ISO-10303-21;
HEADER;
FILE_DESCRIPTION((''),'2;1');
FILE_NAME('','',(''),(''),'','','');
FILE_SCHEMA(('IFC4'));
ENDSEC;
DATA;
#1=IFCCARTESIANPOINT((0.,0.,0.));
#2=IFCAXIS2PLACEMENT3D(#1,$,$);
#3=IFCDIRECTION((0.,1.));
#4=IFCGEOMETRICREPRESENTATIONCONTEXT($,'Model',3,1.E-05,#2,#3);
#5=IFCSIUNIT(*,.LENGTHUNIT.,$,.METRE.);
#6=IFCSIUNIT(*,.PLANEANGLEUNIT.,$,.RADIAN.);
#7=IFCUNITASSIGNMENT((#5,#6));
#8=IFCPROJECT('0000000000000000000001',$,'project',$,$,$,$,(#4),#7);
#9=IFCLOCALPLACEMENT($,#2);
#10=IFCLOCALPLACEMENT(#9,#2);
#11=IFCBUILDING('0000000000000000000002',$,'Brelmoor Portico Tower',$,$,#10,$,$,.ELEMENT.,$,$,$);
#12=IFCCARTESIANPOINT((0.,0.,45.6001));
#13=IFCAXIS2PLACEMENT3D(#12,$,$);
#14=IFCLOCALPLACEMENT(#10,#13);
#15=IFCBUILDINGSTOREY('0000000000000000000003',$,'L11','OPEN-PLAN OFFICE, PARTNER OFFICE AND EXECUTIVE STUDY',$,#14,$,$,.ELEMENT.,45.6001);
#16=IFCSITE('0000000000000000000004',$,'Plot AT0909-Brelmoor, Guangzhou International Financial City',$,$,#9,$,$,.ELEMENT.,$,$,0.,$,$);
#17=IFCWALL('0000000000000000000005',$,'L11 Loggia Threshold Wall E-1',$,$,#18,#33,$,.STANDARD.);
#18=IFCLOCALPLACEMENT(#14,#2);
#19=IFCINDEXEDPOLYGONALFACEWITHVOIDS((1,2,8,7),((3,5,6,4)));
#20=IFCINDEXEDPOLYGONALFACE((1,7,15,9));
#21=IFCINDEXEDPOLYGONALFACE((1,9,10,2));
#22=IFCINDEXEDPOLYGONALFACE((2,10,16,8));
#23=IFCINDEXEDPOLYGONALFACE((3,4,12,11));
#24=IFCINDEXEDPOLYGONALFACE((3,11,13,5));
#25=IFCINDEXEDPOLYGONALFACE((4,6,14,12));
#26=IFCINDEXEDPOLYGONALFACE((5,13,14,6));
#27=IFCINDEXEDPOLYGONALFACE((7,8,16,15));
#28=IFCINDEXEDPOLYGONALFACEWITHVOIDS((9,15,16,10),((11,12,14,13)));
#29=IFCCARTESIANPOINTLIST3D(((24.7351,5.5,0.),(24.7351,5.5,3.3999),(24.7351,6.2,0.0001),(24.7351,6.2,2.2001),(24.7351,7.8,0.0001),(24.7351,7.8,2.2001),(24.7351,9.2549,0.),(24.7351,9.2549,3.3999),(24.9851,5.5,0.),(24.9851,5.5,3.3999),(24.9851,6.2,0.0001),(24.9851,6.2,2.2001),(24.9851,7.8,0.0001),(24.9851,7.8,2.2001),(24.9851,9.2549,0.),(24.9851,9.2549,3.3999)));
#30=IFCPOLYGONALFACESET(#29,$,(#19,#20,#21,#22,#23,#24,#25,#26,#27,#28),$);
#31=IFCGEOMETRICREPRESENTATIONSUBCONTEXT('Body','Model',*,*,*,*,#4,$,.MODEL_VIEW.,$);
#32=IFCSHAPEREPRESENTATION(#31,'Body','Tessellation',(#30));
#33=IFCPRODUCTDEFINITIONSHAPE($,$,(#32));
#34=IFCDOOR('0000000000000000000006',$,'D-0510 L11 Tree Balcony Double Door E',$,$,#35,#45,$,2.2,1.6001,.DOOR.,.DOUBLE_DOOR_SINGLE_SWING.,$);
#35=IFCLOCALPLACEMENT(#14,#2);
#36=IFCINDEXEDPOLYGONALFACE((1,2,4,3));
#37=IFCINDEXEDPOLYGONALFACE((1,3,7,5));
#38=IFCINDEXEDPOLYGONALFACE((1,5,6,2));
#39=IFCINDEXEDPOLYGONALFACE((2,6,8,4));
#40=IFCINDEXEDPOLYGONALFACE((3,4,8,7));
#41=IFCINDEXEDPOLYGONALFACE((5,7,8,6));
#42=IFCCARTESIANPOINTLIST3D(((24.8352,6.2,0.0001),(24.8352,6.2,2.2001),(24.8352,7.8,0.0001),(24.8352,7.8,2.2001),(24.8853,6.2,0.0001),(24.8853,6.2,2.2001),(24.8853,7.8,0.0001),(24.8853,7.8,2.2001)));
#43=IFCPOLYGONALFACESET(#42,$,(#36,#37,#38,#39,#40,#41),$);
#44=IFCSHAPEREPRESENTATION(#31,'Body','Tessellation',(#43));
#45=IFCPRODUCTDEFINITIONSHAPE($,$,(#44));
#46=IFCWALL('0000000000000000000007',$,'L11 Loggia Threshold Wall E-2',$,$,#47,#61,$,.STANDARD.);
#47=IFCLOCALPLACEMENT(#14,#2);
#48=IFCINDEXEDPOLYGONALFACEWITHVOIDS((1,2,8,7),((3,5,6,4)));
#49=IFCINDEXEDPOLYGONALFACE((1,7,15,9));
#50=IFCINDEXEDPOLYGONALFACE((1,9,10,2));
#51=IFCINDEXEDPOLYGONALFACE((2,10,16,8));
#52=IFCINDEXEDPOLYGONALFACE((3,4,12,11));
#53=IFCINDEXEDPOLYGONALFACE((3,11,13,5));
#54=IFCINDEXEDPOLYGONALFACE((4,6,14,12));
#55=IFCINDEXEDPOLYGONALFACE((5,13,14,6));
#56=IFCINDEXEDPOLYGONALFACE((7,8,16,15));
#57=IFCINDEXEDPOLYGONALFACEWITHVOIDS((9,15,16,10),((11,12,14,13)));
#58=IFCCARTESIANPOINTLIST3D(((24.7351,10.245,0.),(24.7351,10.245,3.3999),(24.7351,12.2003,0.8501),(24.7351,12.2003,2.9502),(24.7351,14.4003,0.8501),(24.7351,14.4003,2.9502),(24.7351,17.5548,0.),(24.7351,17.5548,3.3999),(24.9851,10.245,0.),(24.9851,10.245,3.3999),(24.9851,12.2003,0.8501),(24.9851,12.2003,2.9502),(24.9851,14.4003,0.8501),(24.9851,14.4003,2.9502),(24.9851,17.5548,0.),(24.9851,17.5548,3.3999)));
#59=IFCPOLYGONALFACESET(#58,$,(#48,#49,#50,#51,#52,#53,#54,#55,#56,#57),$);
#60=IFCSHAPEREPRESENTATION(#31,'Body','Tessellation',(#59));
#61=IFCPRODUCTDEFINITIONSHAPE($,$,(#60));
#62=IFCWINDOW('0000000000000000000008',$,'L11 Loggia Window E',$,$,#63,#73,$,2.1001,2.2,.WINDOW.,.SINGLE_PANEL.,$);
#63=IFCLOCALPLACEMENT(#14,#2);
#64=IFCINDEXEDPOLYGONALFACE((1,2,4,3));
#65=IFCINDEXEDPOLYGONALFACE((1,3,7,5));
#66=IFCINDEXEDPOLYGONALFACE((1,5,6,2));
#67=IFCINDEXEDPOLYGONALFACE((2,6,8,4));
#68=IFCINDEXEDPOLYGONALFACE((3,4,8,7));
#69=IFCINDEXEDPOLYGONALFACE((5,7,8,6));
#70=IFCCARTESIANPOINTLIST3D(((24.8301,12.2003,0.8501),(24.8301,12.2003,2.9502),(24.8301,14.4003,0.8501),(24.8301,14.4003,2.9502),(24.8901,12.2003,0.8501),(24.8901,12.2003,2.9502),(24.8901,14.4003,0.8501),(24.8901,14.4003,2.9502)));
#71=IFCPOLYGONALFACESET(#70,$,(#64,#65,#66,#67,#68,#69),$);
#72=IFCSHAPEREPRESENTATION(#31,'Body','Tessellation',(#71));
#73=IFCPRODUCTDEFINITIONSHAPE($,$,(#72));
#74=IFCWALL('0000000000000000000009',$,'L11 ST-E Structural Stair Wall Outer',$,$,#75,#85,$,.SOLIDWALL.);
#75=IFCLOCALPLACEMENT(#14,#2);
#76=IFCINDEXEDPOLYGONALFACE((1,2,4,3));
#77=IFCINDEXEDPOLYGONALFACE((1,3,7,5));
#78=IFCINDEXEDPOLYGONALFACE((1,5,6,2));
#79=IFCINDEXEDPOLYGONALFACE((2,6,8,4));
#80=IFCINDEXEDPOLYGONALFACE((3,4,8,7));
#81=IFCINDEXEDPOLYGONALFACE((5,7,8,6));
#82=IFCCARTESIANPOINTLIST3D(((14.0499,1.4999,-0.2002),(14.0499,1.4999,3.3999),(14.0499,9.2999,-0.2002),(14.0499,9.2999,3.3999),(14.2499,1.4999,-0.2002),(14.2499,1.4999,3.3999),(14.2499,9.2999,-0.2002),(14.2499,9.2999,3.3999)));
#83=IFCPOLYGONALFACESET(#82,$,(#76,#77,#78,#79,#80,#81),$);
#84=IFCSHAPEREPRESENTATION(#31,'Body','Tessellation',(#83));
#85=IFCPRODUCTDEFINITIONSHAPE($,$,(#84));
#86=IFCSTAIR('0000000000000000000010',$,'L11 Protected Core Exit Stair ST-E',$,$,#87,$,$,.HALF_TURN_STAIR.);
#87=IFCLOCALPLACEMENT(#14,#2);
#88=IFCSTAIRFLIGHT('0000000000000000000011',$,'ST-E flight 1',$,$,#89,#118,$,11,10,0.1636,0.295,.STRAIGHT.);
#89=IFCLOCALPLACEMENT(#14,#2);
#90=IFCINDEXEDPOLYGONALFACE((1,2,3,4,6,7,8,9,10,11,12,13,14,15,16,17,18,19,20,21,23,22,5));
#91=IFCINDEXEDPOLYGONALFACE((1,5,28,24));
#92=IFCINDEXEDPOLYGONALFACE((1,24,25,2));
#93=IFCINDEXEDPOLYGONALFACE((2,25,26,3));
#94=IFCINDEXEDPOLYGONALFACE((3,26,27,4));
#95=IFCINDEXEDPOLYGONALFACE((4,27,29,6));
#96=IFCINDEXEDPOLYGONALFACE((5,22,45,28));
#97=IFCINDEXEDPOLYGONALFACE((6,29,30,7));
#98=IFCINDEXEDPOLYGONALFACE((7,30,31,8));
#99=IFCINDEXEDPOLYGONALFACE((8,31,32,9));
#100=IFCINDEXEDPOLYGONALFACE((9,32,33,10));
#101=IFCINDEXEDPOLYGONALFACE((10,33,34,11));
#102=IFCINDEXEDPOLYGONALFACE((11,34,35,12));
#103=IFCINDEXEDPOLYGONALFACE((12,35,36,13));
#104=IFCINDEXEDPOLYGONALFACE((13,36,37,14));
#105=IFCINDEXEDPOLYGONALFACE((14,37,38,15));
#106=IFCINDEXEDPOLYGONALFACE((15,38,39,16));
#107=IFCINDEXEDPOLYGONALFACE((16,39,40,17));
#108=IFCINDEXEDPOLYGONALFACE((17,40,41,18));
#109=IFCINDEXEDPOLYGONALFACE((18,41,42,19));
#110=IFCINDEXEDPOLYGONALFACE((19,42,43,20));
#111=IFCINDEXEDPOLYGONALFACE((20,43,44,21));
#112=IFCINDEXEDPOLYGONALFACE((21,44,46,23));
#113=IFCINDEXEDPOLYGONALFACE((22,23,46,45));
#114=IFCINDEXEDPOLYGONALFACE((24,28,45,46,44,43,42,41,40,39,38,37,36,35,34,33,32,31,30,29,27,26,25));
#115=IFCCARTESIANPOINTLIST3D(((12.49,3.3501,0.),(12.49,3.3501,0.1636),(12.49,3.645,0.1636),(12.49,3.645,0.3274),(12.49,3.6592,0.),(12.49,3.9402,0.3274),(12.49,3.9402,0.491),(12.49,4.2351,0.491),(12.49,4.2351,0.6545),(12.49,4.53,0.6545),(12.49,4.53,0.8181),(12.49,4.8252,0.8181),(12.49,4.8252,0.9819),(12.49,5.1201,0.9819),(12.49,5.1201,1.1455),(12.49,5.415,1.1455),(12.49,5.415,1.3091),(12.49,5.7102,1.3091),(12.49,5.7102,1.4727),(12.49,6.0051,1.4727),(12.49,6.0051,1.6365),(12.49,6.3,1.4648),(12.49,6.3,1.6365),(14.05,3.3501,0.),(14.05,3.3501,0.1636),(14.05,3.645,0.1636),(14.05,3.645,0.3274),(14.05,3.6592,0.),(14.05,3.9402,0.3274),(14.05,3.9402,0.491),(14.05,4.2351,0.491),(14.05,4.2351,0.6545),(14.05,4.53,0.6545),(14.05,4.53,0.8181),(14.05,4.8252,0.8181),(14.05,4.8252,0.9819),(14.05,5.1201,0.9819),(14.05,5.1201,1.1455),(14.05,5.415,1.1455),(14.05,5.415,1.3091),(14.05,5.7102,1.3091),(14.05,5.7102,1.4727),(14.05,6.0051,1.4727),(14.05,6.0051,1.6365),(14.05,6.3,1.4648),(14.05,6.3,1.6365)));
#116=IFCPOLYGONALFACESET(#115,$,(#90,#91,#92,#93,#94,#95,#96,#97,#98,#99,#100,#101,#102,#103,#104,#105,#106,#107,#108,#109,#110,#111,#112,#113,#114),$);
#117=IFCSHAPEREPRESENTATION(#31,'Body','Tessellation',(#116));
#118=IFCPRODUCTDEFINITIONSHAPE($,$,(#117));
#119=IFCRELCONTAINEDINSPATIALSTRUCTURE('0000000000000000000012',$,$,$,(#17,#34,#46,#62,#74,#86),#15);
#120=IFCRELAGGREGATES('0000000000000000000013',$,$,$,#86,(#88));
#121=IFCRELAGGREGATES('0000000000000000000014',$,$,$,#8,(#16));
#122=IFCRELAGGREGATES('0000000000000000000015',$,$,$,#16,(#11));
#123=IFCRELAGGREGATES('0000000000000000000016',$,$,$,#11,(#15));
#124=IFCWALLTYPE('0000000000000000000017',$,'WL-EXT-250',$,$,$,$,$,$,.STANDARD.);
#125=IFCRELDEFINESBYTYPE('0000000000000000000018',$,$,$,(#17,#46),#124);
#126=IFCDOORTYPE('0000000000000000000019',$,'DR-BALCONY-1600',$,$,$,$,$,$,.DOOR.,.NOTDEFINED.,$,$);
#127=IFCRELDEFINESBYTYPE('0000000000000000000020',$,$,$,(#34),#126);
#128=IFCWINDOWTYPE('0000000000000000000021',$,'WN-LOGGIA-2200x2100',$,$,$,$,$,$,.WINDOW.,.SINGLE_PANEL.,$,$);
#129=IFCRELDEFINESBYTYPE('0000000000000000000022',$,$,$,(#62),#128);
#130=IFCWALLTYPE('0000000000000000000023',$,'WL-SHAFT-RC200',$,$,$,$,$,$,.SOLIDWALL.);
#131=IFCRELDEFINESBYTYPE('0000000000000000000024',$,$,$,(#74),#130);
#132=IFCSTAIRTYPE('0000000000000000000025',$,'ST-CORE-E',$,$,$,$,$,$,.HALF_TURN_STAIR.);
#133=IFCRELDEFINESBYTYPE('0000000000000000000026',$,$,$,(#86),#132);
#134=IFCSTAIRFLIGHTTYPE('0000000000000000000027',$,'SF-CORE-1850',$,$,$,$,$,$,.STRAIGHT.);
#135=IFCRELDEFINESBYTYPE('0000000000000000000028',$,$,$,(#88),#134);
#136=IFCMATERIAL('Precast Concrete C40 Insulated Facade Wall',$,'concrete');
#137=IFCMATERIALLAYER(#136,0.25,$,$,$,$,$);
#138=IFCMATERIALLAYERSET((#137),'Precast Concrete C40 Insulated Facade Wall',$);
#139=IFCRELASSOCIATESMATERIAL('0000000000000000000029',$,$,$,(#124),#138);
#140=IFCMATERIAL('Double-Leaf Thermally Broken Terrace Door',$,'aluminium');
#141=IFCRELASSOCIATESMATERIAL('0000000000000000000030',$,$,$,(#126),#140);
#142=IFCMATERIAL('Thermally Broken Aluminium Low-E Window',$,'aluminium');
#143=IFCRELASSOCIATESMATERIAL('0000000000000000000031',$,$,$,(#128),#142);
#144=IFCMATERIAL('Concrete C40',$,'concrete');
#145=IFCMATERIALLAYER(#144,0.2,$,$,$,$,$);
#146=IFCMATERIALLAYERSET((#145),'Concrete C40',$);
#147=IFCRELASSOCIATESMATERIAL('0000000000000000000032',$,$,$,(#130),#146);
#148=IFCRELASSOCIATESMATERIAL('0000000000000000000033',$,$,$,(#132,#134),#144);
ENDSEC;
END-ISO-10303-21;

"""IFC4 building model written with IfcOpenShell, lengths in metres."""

from ifc_helpers import new_model, si_unit, direction, frame, frame_2d, origin, place, context, subcontext, project, spatial, polyline, rectangle, outline, extrude, material, layer, layer_set, type_object, element, fill, aggregate, save


model = new_model("IFC4")

# Units and contexts
model_context = context("Model", 3, precision=1e-05, world=origin(), true_north=direction((0.0, 1.0)))
body_context = subcontext(model_context, "Body", "Model", "MODEL_VIEW")
ifc_project = project(units=[si_unit("LENGTHUNIT", "METRE"), si_unit("PLANEANGLEUNIT", "RADIAN")], contexts=[model_context])

# Site, building, storey
site_placement = place(None, origin())
site = spatial("IfcSite", under=ifc_project, at=site_placement, Name="Plot AT0909-Brelmoor, Guangzhou International Financial City", CompositionType="ELEMENT", RefElevation=0.0)
building_placement = place(site_placement, origin())
building = spatial("IfcBuilding", under=site, at=building_placement, Name="Brelmoor Portico Tower", CompositionType="ELEMENT")
storey_placement = place(building_placement, frame((0.0, 0.0, 45.6001)))
storey = spatial("IfcBuildingStorey", under=building, at=storey_placement, Name="L11", Description="OPEN-PLAN OFFICE, PARTNER OFFICE AND EXECUTIVE STUDY", CompositionType="ELEMENT", Elevation=45.6001)

# Wall, opening, door
ifc_material_1 = material(Name="Precast Concrete C40 Insulated Facade Wall", Category="concrete")
ifc_layer_1 = layer(ifc_material_1, 0.25)
ifc_layer_set_1 = layer_set([ifc_layer_1], Name="Precast Concrete C40 Insulated Facade Wall")
wall_type_1 = type_object("IfcWallType", Name="WL-EXT-250", PredefinedType="STANDARD", material=ifc_layer_set_1)
wall_1_placement = place(storey_placement, frame((24.8601, 5.5, 0.0), z_axis=(0.0, 0.0, 1.0), x_axis=(0.0, 1.0, 0.0)))
wall_1 = element("IfcWall", 1, at=wall_1_placement, inside=storey, type_object=wall_type_1, Name="L11 Loggia Threshold Wall E-1", PredefinedType="STANDARD", context=body_context, shape_type="SweptSolid", body=[
    extrude(rectangle(XDim=3.7549, YDim=0.25, at=frame_2d((1.8774, 0.0))), origin(), (0.0, 0.0, 1.0), 3.3999),
])
opening_1_placement = place(wall_1_placement, frame((0.7, 0.0, 0.0)))
opening_1 = element("IfcOpeningElement", 2, at=opening_1_placement, cuts=wall_1, PredefinedType="OPENING", context=body_context, shape_type="SweptSolid", body=[
    extrude(rectangle(XDim=1.6001, YDim=2.2, at=frame_2d((0.8, 1.1001))), frame((0.0, 0.135, 0.0), z_axis=(0.0, -1.0, 0.0), x_axis=(1.0, 0.0, 0.0)), (0.0, 0.0, 1.0), 0.27),
])
ifc_material_2 = material(Name="Double-Leaf Thermally Broken Terrace Door", Category="aluminium")
door_type = type_object("IfcDoorType", Name="DR-BALCONY-1600", OperationType="NOTDEFINED", PredefinedType="DOOR", material=ifc_material_2)
door_placement = place(opening_1_placement, origin())
door = element("IfcDoor", 3, at=door_placement, inside=storey, type_object=door_type, Name="D-0510 L11 Tree Balcony Double Door E", OperationType="DOUBLE_DOOR_SINGLE_SWING", OverallHeight=2.2, OverallWidth=1.6001, PredefinedType="DOOR", context=body_context, shape_type="SweptSolid", body=[
    extrude(rectangle(XDim=1.6001, YDim=2.2, at=frame_2d((0.8, 1.1001))), frame((0.0, 0.0249, 0.0), z_axis=(0.0, -1.0, 0.0), x_axis=(1.0, 0.0, 0.0)), (0.0, 0.0, 1.0), 0.05),
])
fill(opening_1, door)

# Wall, opening, window
wall_2_placement = place(storey_placement, frame((24.8601, 10.2451, 0.0), z_axis=(0.0, 0.0, 1.0), x_axis=(0.0, 1.0, 0.0)))
wall_2 = element("IfcWall", 4, at=wall_2_placement, inside=storey, type_object=wall_type_1, Name="L11 Loggia Threshold Wall E-2", PredefinedType="STANDARD", context=body_context, shape_type="SweptSolid", body=[
    extrude(rectangle(XDim=7.3098, YDim=0.25, at=frame_2d((3.6548, 0.0))), origin(), (0.0, 0.0, 1.0), 3.3999),
])
opening_2_placement = place(wall_2_placement, frame((1.9551, 0.0, 0.8501)))
opening_2 = element("IfcOpeningElement", 5, at=opening_2_placement, cuts=wall_2, PredefinedType="OPENING", context=body_context, shape_type="SweptSolid", body=[
    extrude(rectangle(XDim=2.2, YDim=2.1001, at=frame_2d((1.1001, 1.05))), frame((0.0, 0.135, 0.0), z_axis=(0.0, -1.0, 0.0), x_axis=(1.0, 0.0, 0.0)), (0.0, 0.0, 1.0), 0.27),
])
ifc_material_3 = material(Name="Thermally Broken Aluminium Low-E Window", Category="aluminium")
window_type = type_object("IfcWindowType", Name="WN-LOGGIA-2200x2100", PartitioningType="SINGLE_PANEL", PredefinedType="WINDOW", material=ifc_material_3)
window_placement = place(opening_2_placement, origin())
window = element("IfcWindow", 6, at=window_placement, inside=storey, type_object=window_type, Name="L11 Loggia Window E", OverallHeight=2.1001, OverallWidth=2.2, PartitioningType="SINGLE_PANEL", PredefinedType="WINDOW", context=body_context, shape_type="SweptSolid", body=[
    extrude(rectangle(XDim=2.2, YDim=2.1001, at=frame_2d((1.1001, 1.05))), frame((0.0, 0.03, 0.0), z_axis=(0.0, -1.0, 0.0), x_axis=(1.0, 0.0, 0.0)), (0.0, 0.0, 1.0), 0.0601),
])
fill(opening_2, window)

# Wall
ifc_material_4 = material(Name="Concrete C40", Category="concrete")
ifc_layer_2 = layer(ifc_material_4, 0.2)
ifc_layer_set_2 = layer_set([ifc_layer_2], Name="Concrete C40")
wall_type_2 = type_object("IfcWallType", Name="WL-SHAFT-RC200", PredefinedType="SOLIDWALL", material=ifc_layer_set_2)
wall_3_placement = place(storey_placement, frame((14.1499, 1.5, -0.2002), z_axis=(0.0, 0.0, 1.0), x_axis=(0.0, 1.0, 0.0)))
element("IfcWall", 7, at=wall_3_placement, inside=storey, type_object=wall_type_2, Name="L11 ST-E Structural Stair Wall Outer", PredefinedType="SOLIDWALL", context=body_context, shape_type="SweptSolid", body=[
    extrude(rectangle(XDim=7.8, YDim=0.2, at=frame_2d((3.8999, 0.0))), origin(), (0.0, 0.0, 1.0), 3.6001),
])

# Stair, stair flight
stair_type = type_object("IfcStairType", Name="ST-CORE-E", PredefinedType="HALF_TURN_STAIR", material=ifc_material_4)
stair_placement = place(storey_placement, origin())
stair = element("IfcStair", 8, at=stair_placement, inside=storey, type_object=stair_type, Name="L11 Protected Core Exit Stair ST-E", PredefinedType="HALF_TURN_STAIR")
stair_flight_type = type_object("IfcStairFlightType", Name="SF-CORE-1850", PredefinedType="STRAIGHT", material=ifc_material_4)
stair_flight_placement = place(storey_placement, frame((13.27, 3.3501, 0.0), z_axis=(0.0, 0.0, 1.0), x_axis=(0.0, 1.0, 0.0)))
stair_flight = element("IfcStairFlight", 9, at=stair_flight_placement, type_object=stair_flight_type, Name="ST-E flight 1", NumberOfRisers=11, NumberOfTreads=10, PredefinedType="STRAIGHT", RiserHeight=0.1636, TreadLength=0.295, context=body_context, shape_type="SweptSolid", body=[
    extrude(outline(polyline([(0.0, 0.0), (0.0, 0.1636), (0.2949, 0.1636), (0.2949, 0.3274), (0.5901, 0.3274), (0.5901, 0.491), (0.885, 0.491), (0.885, 0.6545), (1.1799, 0.6545), (1.1799, 0.8181), (1.4751, 0.8181), (1.4751, 0.9819), (1.77, 0.9819), (1.77, 1.1455), (2.0649, 1.1455), (2.0649, 1.3091), (2.3601, 1.3091), (2.3601, 1.4727), (2.655, 1.4727), (2.655, 1.6365), (2.95, 1.6365), (2.95, 1.8), (2.95, 1.4648), (0.3091, 0.0), (0.0, 0.0)])), frame((0.0, 0.78, 0.0), z_axis=(0.0, -1.0, 0.0), x_axis=(1.0, 0.0, 0.0)), (0.0, 0.0, 1.0), 1.5601),
])
aggregate(stair, [stair_flight])

save(model, "model.ifc")
